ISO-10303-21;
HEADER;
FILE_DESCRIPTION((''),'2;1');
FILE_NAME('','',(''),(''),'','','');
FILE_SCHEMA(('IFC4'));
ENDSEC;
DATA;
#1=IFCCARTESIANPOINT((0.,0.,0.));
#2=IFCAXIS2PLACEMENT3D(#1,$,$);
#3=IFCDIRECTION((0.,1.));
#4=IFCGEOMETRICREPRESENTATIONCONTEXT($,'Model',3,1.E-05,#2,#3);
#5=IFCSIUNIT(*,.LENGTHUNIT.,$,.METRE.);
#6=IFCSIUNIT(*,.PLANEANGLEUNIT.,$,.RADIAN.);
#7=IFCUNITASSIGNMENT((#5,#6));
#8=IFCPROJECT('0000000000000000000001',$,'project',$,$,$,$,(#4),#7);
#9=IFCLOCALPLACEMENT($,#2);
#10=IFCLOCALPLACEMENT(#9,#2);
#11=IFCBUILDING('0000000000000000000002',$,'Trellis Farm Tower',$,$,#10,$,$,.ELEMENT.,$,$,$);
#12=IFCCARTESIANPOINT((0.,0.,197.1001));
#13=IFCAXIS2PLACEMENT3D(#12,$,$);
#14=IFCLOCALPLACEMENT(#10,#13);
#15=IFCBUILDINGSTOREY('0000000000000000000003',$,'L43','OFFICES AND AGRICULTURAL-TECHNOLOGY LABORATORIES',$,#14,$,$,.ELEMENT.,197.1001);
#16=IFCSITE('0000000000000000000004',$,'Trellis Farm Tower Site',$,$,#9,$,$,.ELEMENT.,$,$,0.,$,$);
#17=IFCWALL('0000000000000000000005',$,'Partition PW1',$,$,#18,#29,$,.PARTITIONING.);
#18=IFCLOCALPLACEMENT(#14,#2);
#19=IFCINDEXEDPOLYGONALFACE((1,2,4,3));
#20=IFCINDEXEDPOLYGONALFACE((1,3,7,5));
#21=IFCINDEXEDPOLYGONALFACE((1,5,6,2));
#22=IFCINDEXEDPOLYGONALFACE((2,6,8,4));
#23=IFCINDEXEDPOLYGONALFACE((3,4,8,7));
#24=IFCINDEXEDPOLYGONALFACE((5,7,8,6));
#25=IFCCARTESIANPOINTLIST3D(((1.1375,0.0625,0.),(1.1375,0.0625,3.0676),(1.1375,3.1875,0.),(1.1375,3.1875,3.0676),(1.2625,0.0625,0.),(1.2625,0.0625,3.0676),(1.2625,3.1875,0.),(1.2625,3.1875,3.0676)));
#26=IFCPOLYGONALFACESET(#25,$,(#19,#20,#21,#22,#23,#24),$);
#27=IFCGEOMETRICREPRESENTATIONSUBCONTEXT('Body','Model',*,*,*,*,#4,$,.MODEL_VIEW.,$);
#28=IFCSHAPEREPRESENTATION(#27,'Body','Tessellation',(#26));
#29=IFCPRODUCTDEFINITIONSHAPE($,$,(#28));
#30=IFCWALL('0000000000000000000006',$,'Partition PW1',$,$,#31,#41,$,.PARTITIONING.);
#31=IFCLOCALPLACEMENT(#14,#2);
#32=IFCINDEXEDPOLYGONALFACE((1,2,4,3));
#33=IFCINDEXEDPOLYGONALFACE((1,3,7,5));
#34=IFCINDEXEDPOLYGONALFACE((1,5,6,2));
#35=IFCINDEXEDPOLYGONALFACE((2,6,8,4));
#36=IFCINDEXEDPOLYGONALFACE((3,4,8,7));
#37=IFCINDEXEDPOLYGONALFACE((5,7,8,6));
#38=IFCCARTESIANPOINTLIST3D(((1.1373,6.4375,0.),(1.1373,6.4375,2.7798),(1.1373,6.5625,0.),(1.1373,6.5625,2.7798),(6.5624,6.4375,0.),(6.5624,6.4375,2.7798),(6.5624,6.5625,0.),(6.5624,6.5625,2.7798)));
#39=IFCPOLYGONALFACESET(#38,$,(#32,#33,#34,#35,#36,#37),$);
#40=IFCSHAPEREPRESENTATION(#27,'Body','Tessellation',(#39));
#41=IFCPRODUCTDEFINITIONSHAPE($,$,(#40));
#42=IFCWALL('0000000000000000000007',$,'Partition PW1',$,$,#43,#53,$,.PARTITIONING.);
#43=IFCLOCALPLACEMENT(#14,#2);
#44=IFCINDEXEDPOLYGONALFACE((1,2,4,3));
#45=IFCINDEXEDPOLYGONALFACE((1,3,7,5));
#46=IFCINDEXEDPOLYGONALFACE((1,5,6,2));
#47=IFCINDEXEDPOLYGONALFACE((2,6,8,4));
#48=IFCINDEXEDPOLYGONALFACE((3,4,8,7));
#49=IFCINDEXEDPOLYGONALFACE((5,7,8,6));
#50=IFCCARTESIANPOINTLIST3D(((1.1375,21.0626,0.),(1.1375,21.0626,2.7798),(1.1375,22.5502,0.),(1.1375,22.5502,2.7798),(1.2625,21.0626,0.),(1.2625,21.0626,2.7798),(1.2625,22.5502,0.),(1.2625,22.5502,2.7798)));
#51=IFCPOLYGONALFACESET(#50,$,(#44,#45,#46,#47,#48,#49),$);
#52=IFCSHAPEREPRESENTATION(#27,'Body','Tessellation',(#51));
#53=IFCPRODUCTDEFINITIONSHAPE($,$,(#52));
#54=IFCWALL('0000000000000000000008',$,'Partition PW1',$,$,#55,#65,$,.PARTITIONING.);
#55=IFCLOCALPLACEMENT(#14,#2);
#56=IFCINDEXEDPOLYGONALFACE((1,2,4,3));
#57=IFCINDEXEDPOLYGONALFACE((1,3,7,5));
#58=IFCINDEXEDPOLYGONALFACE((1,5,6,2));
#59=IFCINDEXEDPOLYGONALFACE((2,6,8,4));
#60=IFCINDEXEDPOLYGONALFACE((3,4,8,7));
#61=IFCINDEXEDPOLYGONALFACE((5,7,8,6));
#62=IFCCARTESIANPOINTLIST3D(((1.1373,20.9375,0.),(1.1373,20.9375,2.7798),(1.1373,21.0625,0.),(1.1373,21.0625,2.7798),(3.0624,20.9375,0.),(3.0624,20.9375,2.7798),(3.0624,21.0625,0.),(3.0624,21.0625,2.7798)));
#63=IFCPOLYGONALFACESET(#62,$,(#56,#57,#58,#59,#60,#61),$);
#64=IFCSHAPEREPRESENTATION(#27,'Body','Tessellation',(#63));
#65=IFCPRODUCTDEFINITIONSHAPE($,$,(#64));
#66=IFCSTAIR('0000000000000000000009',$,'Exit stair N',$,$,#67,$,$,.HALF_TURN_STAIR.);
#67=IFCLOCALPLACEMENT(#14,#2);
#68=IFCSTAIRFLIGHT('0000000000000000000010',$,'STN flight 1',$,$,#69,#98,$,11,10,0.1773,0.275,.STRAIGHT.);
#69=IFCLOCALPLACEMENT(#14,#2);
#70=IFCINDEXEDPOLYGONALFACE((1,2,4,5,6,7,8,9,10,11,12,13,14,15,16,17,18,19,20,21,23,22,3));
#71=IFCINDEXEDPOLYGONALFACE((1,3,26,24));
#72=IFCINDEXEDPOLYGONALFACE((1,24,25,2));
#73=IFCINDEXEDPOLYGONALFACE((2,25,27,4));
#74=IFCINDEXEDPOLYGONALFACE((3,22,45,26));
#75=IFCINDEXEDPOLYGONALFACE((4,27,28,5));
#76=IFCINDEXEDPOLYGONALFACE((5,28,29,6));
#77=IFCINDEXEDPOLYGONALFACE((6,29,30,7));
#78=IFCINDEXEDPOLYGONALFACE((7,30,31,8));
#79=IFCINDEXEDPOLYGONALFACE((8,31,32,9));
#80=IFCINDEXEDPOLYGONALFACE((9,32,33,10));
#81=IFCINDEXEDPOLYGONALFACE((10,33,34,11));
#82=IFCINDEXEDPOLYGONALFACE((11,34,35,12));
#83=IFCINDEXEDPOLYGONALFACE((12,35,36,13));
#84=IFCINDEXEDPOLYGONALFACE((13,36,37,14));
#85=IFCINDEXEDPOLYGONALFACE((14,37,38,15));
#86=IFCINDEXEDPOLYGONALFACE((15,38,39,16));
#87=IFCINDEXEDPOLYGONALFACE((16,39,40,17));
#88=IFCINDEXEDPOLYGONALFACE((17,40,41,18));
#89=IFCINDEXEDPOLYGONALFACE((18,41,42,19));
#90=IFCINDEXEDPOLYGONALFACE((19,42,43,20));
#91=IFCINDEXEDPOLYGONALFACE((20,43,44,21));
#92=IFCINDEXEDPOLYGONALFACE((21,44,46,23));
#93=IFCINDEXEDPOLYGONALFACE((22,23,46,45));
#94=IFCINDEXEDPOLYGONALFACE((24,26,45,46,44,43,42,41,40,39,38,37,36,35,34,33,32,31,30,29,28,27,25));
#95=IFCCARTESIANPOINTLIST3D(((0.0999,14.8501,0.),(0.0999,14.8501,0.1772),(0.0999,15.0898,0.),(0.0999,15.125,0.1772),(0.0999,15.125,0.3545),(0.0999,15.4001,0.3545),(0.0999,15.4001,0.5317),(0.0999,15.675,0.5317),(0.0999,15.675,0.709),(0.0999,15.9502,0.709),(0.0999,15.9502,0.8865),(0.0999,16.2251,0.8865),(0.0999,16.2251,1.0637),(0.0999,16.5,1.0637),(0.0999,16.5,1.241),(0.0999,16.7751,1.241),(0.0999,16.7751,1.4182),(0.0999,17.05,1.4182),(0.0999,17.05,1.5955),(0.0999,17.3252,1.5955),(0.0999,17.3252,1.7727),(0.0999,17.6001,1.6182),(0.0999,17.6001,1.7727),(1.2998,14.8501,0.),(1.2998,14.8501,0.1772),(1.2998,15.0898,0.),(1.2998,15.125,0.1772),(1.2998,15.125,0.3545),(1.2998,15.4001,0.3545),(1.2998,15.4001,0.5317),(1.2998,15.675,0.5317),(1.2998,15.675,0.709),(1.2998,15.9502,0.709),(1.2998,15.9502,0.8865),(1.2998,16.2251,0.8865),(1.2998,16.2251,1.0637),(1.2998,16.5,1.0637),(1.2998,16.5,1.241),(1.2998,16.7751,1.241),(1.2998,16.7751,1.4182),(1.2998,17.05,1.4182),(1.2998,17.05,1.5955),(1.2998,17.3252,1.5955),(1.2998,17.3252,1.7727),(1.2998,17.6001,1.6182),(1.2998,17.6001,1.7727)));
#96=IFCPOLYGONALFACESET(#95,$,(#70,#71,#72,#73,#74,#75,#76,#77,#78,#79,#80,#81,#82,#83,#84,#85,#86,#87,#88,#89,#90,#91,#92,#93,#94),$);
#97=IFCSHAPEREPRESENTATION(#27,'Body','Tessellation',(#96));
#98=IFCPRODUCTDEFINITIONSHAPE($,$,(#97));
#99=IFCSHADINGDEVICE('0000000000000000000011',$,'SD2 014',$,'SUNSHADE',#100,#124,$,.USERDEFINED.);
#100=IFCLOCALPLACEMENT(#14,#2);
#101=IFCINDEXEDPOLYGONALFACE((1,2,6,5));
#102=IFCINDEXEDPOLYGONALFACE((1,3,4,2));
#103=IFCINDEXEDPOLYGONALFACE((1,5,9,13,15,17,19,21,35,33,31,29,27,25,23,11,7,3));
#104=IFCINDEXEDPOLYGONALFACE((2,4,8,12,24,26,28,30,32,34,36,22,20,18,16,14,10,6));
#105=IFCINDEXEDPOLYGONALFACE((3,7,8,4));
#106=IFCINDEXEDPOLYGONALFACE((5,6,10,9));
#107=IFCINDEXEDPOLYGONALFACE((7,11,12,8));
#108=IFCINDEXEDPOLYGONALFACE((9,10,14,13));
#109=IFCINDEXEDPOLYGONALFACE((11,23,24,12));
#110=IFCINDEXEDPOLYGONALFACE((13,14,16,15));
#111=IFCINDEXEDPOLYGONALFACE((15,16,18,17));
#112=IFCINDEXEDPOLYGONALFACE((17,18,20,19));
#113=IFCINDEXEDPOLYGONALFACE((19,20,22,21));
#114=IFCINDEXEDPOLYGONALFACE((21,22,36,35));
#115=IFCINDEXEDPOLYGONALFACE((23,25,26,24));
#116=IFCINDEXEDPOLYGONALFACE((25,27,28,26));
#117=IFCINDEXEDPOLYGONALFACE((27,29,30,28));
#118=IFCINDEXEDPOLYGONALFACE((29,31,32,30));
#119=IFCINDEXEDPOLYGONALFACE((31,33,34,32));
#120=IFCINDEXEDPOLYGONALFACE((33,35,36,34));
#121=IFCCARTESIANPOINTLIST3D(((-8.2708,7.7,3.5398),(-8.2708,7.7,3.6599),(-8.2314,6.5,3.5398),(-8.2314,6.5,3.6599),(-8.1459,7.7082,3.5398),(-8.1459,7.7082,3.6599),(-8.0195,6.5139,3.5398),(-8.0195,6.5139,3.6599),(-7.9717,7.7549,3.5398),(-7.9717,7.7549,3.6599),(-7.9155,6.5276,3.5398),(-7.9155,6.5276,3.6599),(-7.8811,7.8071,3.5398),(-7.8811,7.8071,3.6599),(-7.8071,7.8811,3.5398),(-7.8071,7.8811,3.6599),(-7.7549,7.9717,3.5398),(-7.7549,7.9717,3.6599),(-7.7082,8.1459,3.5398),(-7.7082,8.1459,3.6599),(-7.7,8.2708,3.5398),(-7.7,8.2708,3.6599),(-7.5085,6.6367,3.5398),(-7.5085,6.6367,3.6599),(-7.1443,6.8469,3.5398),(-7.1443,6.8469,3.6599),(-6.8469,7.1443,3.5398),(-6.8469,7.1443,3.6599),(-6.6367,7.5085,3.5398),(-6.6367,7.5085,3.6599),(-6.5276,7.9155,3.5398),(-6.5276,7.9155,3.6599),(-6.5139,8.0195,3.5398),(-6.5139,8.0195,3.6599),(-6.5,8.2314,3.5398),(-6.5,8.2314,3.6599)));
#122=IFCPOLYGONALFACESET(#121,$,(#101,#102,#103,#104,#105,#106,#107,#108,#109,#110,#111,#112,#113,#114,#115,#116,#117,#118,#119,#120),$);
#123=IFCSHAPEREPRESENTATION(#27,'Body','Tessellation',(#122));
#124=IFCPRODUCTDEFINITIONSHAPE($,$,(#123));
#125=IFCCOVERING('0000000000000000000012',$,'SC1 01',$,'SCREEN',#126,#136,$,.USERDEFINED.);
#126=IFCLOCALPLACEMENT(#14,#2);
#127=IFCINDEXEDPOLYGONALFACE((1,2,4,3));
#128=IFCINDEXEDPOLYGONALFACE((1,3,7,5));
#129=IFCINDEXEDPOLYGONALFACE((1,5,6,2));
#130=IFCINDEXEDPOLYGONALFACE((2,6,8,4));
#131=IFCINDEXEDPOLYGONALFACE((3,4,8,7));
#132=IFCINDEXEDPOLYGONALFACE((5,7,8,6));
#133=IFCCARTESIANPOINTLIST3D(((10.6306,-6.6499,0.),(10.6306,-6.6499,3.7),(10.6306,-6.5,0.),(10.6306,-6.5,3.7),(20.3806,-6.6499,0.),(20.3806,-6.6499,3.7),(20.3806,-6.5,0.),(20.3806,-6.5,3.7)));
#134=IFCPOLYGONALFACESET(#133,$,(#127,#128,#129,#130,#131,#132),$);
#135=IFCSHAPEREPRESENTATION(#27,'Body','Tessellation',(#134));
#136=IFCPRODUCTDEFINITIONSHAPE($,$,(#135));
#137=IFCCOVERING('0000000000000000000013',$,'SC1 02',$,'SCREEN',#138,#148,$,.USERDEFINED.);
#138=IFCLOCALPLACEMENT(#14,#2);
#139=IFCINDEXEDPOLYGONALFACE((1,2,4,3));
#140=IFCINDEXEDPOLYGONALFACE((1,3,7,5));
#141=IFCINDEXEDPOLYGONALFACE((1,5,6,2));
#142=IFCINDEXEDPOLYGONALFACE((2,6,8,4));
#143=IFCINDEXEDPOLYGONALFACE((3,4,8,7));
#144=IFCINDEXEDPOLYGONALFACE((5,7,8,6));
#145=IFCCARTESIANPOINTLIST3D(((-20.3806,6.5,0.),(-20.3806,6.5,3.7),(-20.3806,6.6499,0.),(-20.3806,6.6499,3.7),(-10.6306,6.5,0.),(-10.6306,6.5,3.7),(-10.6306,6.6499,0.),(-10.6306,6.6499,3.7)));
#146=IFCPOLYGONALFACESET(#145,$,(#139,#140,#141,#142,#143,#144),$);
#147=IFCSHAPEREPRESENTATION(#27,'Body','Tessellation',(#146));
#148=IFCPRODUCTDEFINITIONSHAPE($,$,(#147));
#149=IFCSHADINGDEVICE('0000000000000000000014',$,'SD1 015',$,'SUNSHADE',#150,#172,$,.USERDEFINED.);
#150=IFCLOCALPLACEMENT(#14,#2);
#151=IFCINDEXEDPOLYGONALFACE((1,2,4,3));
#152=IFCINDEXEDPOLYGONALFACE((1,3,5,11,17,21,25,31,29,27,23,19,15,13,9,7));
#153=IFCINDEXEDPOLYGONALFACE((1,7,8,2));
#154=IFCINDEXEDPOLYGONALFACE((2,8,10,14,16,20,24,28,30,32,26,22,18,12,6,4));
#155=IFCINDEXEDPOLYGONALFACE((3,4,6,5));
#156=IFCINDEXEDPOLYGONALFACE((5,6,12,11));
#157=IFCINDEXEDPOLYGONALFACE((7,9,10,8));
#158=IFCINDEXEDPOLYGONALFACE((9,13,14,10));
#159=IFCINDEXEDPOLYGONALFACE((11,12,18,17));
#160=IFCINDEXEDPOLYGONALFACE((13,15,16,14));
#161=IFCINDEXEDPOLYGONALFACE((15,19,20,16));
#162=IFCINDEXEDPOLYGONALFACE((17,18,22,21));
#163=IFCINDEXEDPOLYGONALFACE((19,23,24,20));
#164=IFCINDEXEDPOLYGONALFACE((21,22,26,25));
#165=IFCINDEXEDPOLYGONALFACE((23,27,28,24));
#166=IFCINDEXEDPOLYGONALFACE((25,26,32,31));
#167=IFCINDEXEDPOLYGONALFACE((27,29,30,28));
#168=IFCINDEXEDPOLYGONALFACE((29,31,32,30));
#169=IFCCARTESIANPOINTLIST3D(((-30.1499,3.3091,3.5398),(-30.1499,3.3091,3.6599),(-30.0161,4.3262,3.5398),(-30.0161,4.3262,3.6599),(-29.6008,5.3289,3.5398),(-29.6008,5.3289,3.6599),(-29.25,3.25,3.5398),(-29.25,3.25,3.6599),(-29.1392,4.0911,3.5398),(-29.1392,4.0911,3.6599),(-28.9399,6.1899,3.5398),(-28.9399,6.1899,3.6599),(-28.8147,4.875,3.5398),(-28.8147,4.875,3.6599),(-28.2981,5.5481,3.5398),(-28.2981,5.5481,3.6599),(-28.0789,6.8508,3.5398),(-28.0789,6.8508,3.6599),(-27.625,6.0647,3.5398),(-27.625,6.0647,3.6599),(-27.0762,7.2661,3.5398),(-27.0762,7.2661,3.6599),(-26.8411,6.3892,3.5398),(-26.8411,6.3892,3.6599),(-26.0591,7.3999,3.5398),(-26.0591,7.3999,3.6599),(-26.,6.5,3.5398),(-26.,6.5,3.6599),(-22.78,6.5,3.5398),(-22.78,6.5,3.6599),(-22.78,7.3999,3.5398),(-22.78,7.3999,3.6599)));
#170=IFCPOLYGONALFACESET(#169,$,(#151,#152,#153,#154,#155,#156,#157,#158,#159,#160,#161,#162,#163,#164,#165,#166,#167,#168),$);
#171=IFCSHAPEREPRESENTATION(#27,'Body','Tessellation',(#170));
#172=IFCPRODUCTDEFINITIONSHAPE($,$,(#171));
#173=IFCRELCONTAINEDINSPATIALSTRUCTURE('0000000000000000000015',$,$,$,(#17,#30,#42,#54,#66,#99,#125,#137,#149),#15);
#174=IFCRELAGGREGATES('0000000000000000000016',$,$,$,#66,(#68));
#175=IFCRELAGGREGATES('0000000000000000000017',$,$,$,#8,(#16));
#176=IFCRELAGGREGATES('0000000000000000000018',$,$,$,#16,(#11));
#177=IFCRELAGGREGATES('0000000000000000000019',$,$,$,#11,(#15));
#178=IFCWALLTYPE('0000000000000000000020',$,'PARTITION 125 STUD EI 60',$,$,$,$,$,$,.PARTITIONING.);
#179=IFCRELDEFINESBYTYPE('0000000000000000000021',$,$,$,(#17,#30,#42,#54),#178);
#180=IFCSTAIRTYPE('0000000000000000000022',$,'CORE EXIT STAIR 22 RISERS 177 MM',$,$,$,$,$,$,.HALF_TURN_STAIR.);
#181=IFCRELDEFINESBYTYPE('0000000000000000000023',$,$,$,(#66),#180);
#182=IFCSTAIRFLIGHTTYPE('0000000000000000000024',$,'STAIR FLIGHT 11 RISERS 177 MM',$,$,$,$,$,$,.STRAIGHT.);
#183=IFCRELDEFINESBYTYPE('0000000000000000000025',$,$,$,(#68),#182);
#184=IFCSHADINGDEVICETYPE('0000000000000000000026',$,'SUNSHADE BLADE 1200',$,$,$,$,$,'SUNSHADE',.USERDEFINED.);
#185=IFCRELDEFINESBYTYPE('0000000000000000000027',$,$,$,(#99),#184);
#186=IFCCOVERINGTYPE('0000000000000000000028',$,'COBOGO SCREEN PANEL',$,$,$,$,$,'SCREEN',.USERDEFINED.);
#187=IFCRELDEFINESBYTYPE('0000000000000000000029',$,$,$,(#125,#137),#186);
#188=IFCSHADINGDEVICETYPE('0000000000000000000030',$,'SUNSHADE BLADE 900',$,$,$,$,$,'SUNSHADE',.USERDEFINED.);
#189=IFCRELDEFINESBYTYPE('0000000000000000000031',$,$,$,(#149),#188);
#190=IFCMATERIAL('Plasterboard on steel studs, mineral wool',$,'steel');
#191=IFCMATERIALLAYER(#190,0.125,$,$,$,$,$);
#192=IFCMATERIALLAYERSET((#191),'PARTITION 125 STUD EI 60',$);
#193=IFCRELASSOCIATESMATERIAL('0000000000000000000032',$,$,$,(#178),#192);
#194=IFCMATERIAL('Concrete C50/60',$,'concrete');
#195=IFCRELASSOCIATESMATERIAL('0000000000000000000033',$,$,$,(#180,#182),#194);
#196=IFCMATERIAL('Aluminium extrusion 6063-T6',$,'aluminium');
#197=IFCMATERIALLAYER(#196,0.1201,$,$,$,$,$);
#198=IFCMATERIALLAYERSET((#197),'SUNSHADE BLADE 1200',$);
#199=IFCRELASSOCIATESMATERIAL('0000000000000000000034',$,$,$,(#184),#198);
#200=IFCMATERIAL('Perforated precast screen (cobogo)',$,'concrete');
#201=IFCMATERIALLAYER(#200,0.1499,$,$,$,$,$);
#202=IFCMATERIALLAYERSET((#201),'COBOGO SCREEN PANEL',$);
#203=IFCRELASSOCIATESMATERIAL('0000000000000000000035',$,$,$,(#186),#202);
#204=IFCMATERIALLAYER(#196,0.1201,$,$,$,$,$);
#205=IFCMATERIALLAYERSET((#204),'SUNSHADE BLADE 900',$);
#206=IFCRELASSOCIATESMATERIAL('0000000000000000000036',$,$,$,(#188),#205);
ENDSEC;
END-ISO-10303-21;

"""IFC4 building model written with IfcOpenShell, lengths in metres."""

from ifc_helpers import new_model, si_unit, direction, frame, frame_2d, origin, place, context, subcontext, project, spatial, polyline, rectangle, outline, extrude, source, transform, mapped, material, layer, layer_set, type_object, element, aggregate, save


model = new_model("IFC4")

# Units and contexts
model_context = context("Model", 3, precision=1e-05, world=origin(), true_north=direction((0.0, 1.0)))
body_context = subcontext(model_context, "Body", "Model", "MODEL_VIEW")
ifc_project = project(units=[si_unit("LENGTHUNIT", "METRE"), si_unit("PLANEANGLEUNIT", "RADIAN")], contexts=[model_context])

# Site, building, storey
site_placement = place(None, origin())
site = spatial("IfcSite", under=ifc_project, at=site_placement, Name="Trellis Farm Tower Site", CompositionType="ELEMENT", RefElevation=0.0)
building_placement = place(site_placement, origin())
building = spatial("IfcBuilding", under=site, at=building_placement, Name="Trellis Farm Tower", CompositionType="ELEMENT")
storey_placement = place(building_placement, frame((0.0, 0.0, 197.1001)))
storey = spatial("IfcBuildingStorey", under=building, at=storey_placement, Name="L43", Description="OFFICES AND AGRICULTURAL-TECHNOLOGY LABORATORIES", CompositionType="ELEMENT", Elevation=197.1001)

# Shared definitions
placement_1 = place(storey_placement, origin())
ifc_material_1 = material(Name="Aluminium extrusion 6063-T6", Category="aluminium")

# Walls
ifc_material_2 = material(Name="Plasterboard on steel studs, mineral wool", Category="steel")
ifc_layer_1 = layer(ifc_material_2, 0.125)
ifc_layer_set_1 = layer_set([ifc_layer_1], Name="PARTITION 125 STUD EI 60")
wall_type_1 = type_object("IfcWallType", Name="PARTITION 125 STUD EI 60", PredefinedType="PARTITIONING", material=ifc_layer_set_1)
shared_shape_1 = source(origin(), body_context, "Body", "SweptSolid", [
    extrude(rectangle(XDim=3.125, YDim=0.125, at=frame_2d((1.5625, 0.0))), origin(), (0.0, 0.0, 1.0), 3.0676),
])
wall_1_placement = place(storey_placement, frame((1.2, 3.1875, 0.0), z_axis=(0.0, 0.0, 1.0), x_axis=(0.0, -1.0, 0.0)))
element("IfcWall", 1, at=wall_1_placement, inside=storey, type_object=wall_type_1, Name="Partition PW1", PredefinedType="PARTITIONING", context=body_context, shape_type="MappedRepresentation", body=[
    mapped(shared_shape_1, transform((0.0, 0.0, 0.0))),
])
shared_shape_2 = source(origin(), body_context, "Body", "SweptSolid", [
    extrude(rectangle(XDim=5.425, YDim=0.125, at=frame_2d((2.7124, 0.0))), origin(), (0.0, 0.0, 1.0), 2.7798),
])
wall_2_placement = place(storey_placement, frame((1.1375, 6.5, 0.0), z_axis=(0.0, 0.0, 1.0), x_axis=(1.0, 0.0, 0.0)))
element("IfcWall", 2, at=wall_2_placement, inside=storey, type_object=wall_type_1, Name="Partition PW1", PredefinedType="PARTITIONING", context=body_context, shape_type="MappedRepresentation", body=[
    mapped(shared_shape_2, transform((0.0, 0.0, 0.0))),
])
shared_shape_3 = source(origin(), body_context, "Body", "SweptSolid", [
    extrude(rectangle(XDim=1.4875, YDim=0.125, at=frame_2d((0.7437, 0.0))), origin(), (0.0, 0.0, 1.0), 2.7798),
])
wall_3_placement = place(storey_placement, frame((1.2, 22.55, 0.0), z_axis=(0.0, 0.0, 1.0), x_axis=(0.0, -1.0, 0.0)))
element("IfcWall", 3, at=wall_3_placement, inside=storey, type_object=wall_type_1, Name="Partition PW1", PredefinedType="PARTITIONING", context=body_context, shape_type="MappedRepresentation", body=[
    mapped(shared_shape_3, transform((0.0, 0.0, 0.0))),
])
shared_shape_4 = source(origin(), body_context, "Body", "SweptSolid", [
    extrude(rectangle(XDim=1.925, YDim=0.125, at=frame_2d((0.9624, 0.0))), origin(), (0.0, 0.0, 1.0), 2.7798),
])
wall_4_placement = place(storey_placement, frame((1.1375, 21.0, 0.0), z_axis=(0.0, 0.0, 1.0), x_axis=(1.0, 0.0, 0.0)))
element("IfcWall", 4, at=wall_4_placement, inside=storey, type_object=wall_type_1, Name="Partition PW1", PredefinedType="PARTITIONING", context=body_context, shape_type="MappedRepresentation", body=[
    mapped(shared_shape_4, transform((0.0, 0.0, 0.0))),
])

# Stair, stair flight
ifc_material_3 = material(Name="Concrete C50/60", Category="concrete")
stair_type = type_object("IfcStairType", Name="CORE EXIT STAIR 22 RISERS 177 MM", PredefinedType="HALF_TURN_STAIR", material=ifc_material_3)
stair = element("IfcStair", 5, at=placement_1, inside=storey, type_object=stair_type, Name="Exit stair N", PredefinedType="HALF_TURN_STAIR")
stair_flight_type = type_object("IfcStairFlightType", Name="STAIR FLIGHT 11 RISERS 177 MM", PredefinedType="STRAIGHT", material=ifc_material_3)
shared_shape_5 = source(origin(), body_context, "Body", "SweptSolid", [
    extrude(outline(polyline([(0.0, 0.0), (0.0, 0.1772), (0.2749, 0.1772), (0.2749, 0.3545), (0.55, 0.3545), (0.55, 0.5317), (0.825, 0.5317), (0.825, 0.709), (1.1001, 0.709), (1.1001, 0.8865), (1.375, 0.8865), (1.375, 1.0637), (1.6499, 1.0637), (1.6499, 1.241), (1.925, 1.241), (1.925, 1.4182), (2.2, 1.4182), (2.2, 1.5955), (2.4751, 1.5955), (2.4751, 1.7727), (2.75, 1.7727), (2.75, 1.95), (2.75, 1.6182), (0.2397, 0.0), (0.0, 0.0)])), frame((0.0, 0.6001, 0.0), z_axis=(0.0, -1.0, 0.0), x_axis=(1.0, 0.0, 0.0)), (0.0, 0.0, 1.0), 1.2),
])
stair_flight_placement = place(storey_placement, frame((0.7, 14.8501, 0.0), z_axis=(0.0, 0.0, 1.0), x_axis=(0.0, 1.0, 0.0)))
stair_flight = element("IfcStairFlight", 6, at=stair_flight_placement, type_object=stair_flight_type, Name="STN flight 1", NumberOfRisers=11, NumberOfTreads=10, PredefinedType="STRAIGHT", RiserHeight=0.1773, TreadLength=0.275, context=body_context, shape_type="MappedRepresentation", body=[
    mapped(shared_shape_5, transform((0.0, 0.0, 0.0))),
])
aggregate(stair, [stair_flight])

# Shading device
ifc_layer_2 = layer(ifc_material_1, 0.1201)
ifc_layer_set_2 = layer_set([ifc_layer_2], Name="SUNSHADE BLADE 1200")
shading_device_type_1 = type_object("IfcShadingDeviceType", Name="SUNSHADE BLADE 1200", ElementType="SUNSHADE", PredefinedType="USERDEFINED", material=ifc_layer_set_2)
shared_shape_6 = source(origin(), body_context, "Body", "SweptSolid", [
    extrude(outline(polyline([(-7.7, 8.2708), (-7.7087, 8.1372), (-7.707, 8.1501), (-7.7549, 7.9717), (-7.8071, 7.8811), (-7.8811, 7.8071), (-7.9717, 7.7549), (-8.1501, 7.707), (-8.1372, 7.7087), (-8.2708, 7.7), (-8.2314, 6.5), (-8.0195, 6.5139), (-7.9155, 6.5276), (-7.5085, 6.6367), (-7.1443, 6.8469), (-6.8469, 7.1443), (-6.6367, 7.5085), (-6.5276, 7.9155), (-6.5139, 8.0195), (-6.5, 8.2314), (-7.7, 8.2708)])), origin(), (0.0, 0.0, 1.0), 0.1201),
])
placement_2 = place(storey_placement, frame((0.0, 0.0, 3.5398)))
element("IfcShadingDevice", 7, at=placement_2, inside=storey, type_object=shading_device_type_1, Name="SD2 014", ObjectType="SUNSHADE", PredefinedType="USERDEFINED", context=body_context, shape_type="MappedRepresentation", body=[
    mapped(shared_shape_6, transform((0.0, 0.0, 0.0))),
])

# Coverings
ifc_material_4 = material(Name="Perforated precast screen (cobogo)", Category="concrete")
ifc_layer_3 = layer(ifc_material_4, 0.1499)
ifc_layer_set_3 = layer_set([ifc_layer_3], Name="COBOGO SCREEN PANEL")
covering_type = type_object("IfcCoveringType", Name="COBOGO SCREEN PANEL", ElementType="SCREEN", PredefinedType="USERDEFINED", material=ifc_layer_set_3)
shared_shape_7 = source(origin(), body_context, "Body", "SweptSolid", [
    extrude(outline(polyline([(10.6306, -6.6499), (20.3806, -6.6499), (20.3806, -6.5), (10.6306, -6.5), (10.6306, -6.6499)])), origin(), (0.0, 0.0, 1.0), 3.7),
])
element("IfcCovering", 8, at=placement_1, inside=storey, type_object=covering_type, Name="SC1 01", ObjectType="SCREEN", PredefinedType="USERDEFINED", context=body_context, shape_type="MappedRepresentation", body=[
    mapped(shared_shape_7, transform((0.0, 0.0, 0.0))),
])
shared_shape_8 = source(origin(), body_context, "Body", "SweptSolid", [
    extrude(outline(polyline([(-10.6306, 6.6499), (-20.3806, 6.6499), (-20.3806, 6.5), (-10.6306, 6.5), (-10.6306, 6.6499)])), origin(), (0.0, 0.0, 1.0), 3.7),
])
element("IfcCovering", 9, at=placement_1, inside=storey, type_object=covering_type, Name="SC1 02", ObjectType="SCREEN", PredefinedType="USERDEFINED", context=body_context, shape_type="MappedRepresentation", body=[
    mapped(shared_shape_8, transform((0.0, 0.0, 0.0))),
])

# Shading device
ifc_layer_4 = layer(ifc_material_1, 0.1201)
ifc_layer_set_4 = layer_set([ifc_layer_4], Name="SUNSHADE BLADE 900")
shading_device_type_2 = type_object("IfcShadingDeviceType", Name="SUNSHADE BLADE 900", ElementType="SUNSHADE", PredefinedType="USERDEFINED", material=ifc_layer_set_4)
shared_shape_9 = source(origin(), body_context, "Body", "SweptSolid", [
    extrude(outline(polyline([(-22.78, 7.3999), (-26.0591, 7.3999), (-27.0762, 7.2661), (-28.0789, 6.8508), (-28.9399, 6.1899), (-29.6008, 5.3289), (-30.0161, 4.3262), (-30.1499, 3.3091), (-29.25, 3.25), (-29.1392, 4.0911), (-28.8147, 4.875), (-28.2981, 5.5481), (-27.625, 6.0647), (-26.8411, 6.3892), (-26.0, 6.5), (-22.78, 6.5), (-22.78, 7.3999)])), origin(), (0.0, 0.0, 1.0), 0.1201),
])
element("IfcShadingDevice", 10, at=placement_2, inside=storey, type_object=shading_device_type_2, Name="SD1 015", ObjectType="SUNSHADE", PredefinedType="USERDEFINED", context=body_context, shape_type="MappedRepresentation", body=[
    mapped(shared_shape_9, transform((0.0, 0.0, 0.0))),
])

save(model, "model.ifc")
